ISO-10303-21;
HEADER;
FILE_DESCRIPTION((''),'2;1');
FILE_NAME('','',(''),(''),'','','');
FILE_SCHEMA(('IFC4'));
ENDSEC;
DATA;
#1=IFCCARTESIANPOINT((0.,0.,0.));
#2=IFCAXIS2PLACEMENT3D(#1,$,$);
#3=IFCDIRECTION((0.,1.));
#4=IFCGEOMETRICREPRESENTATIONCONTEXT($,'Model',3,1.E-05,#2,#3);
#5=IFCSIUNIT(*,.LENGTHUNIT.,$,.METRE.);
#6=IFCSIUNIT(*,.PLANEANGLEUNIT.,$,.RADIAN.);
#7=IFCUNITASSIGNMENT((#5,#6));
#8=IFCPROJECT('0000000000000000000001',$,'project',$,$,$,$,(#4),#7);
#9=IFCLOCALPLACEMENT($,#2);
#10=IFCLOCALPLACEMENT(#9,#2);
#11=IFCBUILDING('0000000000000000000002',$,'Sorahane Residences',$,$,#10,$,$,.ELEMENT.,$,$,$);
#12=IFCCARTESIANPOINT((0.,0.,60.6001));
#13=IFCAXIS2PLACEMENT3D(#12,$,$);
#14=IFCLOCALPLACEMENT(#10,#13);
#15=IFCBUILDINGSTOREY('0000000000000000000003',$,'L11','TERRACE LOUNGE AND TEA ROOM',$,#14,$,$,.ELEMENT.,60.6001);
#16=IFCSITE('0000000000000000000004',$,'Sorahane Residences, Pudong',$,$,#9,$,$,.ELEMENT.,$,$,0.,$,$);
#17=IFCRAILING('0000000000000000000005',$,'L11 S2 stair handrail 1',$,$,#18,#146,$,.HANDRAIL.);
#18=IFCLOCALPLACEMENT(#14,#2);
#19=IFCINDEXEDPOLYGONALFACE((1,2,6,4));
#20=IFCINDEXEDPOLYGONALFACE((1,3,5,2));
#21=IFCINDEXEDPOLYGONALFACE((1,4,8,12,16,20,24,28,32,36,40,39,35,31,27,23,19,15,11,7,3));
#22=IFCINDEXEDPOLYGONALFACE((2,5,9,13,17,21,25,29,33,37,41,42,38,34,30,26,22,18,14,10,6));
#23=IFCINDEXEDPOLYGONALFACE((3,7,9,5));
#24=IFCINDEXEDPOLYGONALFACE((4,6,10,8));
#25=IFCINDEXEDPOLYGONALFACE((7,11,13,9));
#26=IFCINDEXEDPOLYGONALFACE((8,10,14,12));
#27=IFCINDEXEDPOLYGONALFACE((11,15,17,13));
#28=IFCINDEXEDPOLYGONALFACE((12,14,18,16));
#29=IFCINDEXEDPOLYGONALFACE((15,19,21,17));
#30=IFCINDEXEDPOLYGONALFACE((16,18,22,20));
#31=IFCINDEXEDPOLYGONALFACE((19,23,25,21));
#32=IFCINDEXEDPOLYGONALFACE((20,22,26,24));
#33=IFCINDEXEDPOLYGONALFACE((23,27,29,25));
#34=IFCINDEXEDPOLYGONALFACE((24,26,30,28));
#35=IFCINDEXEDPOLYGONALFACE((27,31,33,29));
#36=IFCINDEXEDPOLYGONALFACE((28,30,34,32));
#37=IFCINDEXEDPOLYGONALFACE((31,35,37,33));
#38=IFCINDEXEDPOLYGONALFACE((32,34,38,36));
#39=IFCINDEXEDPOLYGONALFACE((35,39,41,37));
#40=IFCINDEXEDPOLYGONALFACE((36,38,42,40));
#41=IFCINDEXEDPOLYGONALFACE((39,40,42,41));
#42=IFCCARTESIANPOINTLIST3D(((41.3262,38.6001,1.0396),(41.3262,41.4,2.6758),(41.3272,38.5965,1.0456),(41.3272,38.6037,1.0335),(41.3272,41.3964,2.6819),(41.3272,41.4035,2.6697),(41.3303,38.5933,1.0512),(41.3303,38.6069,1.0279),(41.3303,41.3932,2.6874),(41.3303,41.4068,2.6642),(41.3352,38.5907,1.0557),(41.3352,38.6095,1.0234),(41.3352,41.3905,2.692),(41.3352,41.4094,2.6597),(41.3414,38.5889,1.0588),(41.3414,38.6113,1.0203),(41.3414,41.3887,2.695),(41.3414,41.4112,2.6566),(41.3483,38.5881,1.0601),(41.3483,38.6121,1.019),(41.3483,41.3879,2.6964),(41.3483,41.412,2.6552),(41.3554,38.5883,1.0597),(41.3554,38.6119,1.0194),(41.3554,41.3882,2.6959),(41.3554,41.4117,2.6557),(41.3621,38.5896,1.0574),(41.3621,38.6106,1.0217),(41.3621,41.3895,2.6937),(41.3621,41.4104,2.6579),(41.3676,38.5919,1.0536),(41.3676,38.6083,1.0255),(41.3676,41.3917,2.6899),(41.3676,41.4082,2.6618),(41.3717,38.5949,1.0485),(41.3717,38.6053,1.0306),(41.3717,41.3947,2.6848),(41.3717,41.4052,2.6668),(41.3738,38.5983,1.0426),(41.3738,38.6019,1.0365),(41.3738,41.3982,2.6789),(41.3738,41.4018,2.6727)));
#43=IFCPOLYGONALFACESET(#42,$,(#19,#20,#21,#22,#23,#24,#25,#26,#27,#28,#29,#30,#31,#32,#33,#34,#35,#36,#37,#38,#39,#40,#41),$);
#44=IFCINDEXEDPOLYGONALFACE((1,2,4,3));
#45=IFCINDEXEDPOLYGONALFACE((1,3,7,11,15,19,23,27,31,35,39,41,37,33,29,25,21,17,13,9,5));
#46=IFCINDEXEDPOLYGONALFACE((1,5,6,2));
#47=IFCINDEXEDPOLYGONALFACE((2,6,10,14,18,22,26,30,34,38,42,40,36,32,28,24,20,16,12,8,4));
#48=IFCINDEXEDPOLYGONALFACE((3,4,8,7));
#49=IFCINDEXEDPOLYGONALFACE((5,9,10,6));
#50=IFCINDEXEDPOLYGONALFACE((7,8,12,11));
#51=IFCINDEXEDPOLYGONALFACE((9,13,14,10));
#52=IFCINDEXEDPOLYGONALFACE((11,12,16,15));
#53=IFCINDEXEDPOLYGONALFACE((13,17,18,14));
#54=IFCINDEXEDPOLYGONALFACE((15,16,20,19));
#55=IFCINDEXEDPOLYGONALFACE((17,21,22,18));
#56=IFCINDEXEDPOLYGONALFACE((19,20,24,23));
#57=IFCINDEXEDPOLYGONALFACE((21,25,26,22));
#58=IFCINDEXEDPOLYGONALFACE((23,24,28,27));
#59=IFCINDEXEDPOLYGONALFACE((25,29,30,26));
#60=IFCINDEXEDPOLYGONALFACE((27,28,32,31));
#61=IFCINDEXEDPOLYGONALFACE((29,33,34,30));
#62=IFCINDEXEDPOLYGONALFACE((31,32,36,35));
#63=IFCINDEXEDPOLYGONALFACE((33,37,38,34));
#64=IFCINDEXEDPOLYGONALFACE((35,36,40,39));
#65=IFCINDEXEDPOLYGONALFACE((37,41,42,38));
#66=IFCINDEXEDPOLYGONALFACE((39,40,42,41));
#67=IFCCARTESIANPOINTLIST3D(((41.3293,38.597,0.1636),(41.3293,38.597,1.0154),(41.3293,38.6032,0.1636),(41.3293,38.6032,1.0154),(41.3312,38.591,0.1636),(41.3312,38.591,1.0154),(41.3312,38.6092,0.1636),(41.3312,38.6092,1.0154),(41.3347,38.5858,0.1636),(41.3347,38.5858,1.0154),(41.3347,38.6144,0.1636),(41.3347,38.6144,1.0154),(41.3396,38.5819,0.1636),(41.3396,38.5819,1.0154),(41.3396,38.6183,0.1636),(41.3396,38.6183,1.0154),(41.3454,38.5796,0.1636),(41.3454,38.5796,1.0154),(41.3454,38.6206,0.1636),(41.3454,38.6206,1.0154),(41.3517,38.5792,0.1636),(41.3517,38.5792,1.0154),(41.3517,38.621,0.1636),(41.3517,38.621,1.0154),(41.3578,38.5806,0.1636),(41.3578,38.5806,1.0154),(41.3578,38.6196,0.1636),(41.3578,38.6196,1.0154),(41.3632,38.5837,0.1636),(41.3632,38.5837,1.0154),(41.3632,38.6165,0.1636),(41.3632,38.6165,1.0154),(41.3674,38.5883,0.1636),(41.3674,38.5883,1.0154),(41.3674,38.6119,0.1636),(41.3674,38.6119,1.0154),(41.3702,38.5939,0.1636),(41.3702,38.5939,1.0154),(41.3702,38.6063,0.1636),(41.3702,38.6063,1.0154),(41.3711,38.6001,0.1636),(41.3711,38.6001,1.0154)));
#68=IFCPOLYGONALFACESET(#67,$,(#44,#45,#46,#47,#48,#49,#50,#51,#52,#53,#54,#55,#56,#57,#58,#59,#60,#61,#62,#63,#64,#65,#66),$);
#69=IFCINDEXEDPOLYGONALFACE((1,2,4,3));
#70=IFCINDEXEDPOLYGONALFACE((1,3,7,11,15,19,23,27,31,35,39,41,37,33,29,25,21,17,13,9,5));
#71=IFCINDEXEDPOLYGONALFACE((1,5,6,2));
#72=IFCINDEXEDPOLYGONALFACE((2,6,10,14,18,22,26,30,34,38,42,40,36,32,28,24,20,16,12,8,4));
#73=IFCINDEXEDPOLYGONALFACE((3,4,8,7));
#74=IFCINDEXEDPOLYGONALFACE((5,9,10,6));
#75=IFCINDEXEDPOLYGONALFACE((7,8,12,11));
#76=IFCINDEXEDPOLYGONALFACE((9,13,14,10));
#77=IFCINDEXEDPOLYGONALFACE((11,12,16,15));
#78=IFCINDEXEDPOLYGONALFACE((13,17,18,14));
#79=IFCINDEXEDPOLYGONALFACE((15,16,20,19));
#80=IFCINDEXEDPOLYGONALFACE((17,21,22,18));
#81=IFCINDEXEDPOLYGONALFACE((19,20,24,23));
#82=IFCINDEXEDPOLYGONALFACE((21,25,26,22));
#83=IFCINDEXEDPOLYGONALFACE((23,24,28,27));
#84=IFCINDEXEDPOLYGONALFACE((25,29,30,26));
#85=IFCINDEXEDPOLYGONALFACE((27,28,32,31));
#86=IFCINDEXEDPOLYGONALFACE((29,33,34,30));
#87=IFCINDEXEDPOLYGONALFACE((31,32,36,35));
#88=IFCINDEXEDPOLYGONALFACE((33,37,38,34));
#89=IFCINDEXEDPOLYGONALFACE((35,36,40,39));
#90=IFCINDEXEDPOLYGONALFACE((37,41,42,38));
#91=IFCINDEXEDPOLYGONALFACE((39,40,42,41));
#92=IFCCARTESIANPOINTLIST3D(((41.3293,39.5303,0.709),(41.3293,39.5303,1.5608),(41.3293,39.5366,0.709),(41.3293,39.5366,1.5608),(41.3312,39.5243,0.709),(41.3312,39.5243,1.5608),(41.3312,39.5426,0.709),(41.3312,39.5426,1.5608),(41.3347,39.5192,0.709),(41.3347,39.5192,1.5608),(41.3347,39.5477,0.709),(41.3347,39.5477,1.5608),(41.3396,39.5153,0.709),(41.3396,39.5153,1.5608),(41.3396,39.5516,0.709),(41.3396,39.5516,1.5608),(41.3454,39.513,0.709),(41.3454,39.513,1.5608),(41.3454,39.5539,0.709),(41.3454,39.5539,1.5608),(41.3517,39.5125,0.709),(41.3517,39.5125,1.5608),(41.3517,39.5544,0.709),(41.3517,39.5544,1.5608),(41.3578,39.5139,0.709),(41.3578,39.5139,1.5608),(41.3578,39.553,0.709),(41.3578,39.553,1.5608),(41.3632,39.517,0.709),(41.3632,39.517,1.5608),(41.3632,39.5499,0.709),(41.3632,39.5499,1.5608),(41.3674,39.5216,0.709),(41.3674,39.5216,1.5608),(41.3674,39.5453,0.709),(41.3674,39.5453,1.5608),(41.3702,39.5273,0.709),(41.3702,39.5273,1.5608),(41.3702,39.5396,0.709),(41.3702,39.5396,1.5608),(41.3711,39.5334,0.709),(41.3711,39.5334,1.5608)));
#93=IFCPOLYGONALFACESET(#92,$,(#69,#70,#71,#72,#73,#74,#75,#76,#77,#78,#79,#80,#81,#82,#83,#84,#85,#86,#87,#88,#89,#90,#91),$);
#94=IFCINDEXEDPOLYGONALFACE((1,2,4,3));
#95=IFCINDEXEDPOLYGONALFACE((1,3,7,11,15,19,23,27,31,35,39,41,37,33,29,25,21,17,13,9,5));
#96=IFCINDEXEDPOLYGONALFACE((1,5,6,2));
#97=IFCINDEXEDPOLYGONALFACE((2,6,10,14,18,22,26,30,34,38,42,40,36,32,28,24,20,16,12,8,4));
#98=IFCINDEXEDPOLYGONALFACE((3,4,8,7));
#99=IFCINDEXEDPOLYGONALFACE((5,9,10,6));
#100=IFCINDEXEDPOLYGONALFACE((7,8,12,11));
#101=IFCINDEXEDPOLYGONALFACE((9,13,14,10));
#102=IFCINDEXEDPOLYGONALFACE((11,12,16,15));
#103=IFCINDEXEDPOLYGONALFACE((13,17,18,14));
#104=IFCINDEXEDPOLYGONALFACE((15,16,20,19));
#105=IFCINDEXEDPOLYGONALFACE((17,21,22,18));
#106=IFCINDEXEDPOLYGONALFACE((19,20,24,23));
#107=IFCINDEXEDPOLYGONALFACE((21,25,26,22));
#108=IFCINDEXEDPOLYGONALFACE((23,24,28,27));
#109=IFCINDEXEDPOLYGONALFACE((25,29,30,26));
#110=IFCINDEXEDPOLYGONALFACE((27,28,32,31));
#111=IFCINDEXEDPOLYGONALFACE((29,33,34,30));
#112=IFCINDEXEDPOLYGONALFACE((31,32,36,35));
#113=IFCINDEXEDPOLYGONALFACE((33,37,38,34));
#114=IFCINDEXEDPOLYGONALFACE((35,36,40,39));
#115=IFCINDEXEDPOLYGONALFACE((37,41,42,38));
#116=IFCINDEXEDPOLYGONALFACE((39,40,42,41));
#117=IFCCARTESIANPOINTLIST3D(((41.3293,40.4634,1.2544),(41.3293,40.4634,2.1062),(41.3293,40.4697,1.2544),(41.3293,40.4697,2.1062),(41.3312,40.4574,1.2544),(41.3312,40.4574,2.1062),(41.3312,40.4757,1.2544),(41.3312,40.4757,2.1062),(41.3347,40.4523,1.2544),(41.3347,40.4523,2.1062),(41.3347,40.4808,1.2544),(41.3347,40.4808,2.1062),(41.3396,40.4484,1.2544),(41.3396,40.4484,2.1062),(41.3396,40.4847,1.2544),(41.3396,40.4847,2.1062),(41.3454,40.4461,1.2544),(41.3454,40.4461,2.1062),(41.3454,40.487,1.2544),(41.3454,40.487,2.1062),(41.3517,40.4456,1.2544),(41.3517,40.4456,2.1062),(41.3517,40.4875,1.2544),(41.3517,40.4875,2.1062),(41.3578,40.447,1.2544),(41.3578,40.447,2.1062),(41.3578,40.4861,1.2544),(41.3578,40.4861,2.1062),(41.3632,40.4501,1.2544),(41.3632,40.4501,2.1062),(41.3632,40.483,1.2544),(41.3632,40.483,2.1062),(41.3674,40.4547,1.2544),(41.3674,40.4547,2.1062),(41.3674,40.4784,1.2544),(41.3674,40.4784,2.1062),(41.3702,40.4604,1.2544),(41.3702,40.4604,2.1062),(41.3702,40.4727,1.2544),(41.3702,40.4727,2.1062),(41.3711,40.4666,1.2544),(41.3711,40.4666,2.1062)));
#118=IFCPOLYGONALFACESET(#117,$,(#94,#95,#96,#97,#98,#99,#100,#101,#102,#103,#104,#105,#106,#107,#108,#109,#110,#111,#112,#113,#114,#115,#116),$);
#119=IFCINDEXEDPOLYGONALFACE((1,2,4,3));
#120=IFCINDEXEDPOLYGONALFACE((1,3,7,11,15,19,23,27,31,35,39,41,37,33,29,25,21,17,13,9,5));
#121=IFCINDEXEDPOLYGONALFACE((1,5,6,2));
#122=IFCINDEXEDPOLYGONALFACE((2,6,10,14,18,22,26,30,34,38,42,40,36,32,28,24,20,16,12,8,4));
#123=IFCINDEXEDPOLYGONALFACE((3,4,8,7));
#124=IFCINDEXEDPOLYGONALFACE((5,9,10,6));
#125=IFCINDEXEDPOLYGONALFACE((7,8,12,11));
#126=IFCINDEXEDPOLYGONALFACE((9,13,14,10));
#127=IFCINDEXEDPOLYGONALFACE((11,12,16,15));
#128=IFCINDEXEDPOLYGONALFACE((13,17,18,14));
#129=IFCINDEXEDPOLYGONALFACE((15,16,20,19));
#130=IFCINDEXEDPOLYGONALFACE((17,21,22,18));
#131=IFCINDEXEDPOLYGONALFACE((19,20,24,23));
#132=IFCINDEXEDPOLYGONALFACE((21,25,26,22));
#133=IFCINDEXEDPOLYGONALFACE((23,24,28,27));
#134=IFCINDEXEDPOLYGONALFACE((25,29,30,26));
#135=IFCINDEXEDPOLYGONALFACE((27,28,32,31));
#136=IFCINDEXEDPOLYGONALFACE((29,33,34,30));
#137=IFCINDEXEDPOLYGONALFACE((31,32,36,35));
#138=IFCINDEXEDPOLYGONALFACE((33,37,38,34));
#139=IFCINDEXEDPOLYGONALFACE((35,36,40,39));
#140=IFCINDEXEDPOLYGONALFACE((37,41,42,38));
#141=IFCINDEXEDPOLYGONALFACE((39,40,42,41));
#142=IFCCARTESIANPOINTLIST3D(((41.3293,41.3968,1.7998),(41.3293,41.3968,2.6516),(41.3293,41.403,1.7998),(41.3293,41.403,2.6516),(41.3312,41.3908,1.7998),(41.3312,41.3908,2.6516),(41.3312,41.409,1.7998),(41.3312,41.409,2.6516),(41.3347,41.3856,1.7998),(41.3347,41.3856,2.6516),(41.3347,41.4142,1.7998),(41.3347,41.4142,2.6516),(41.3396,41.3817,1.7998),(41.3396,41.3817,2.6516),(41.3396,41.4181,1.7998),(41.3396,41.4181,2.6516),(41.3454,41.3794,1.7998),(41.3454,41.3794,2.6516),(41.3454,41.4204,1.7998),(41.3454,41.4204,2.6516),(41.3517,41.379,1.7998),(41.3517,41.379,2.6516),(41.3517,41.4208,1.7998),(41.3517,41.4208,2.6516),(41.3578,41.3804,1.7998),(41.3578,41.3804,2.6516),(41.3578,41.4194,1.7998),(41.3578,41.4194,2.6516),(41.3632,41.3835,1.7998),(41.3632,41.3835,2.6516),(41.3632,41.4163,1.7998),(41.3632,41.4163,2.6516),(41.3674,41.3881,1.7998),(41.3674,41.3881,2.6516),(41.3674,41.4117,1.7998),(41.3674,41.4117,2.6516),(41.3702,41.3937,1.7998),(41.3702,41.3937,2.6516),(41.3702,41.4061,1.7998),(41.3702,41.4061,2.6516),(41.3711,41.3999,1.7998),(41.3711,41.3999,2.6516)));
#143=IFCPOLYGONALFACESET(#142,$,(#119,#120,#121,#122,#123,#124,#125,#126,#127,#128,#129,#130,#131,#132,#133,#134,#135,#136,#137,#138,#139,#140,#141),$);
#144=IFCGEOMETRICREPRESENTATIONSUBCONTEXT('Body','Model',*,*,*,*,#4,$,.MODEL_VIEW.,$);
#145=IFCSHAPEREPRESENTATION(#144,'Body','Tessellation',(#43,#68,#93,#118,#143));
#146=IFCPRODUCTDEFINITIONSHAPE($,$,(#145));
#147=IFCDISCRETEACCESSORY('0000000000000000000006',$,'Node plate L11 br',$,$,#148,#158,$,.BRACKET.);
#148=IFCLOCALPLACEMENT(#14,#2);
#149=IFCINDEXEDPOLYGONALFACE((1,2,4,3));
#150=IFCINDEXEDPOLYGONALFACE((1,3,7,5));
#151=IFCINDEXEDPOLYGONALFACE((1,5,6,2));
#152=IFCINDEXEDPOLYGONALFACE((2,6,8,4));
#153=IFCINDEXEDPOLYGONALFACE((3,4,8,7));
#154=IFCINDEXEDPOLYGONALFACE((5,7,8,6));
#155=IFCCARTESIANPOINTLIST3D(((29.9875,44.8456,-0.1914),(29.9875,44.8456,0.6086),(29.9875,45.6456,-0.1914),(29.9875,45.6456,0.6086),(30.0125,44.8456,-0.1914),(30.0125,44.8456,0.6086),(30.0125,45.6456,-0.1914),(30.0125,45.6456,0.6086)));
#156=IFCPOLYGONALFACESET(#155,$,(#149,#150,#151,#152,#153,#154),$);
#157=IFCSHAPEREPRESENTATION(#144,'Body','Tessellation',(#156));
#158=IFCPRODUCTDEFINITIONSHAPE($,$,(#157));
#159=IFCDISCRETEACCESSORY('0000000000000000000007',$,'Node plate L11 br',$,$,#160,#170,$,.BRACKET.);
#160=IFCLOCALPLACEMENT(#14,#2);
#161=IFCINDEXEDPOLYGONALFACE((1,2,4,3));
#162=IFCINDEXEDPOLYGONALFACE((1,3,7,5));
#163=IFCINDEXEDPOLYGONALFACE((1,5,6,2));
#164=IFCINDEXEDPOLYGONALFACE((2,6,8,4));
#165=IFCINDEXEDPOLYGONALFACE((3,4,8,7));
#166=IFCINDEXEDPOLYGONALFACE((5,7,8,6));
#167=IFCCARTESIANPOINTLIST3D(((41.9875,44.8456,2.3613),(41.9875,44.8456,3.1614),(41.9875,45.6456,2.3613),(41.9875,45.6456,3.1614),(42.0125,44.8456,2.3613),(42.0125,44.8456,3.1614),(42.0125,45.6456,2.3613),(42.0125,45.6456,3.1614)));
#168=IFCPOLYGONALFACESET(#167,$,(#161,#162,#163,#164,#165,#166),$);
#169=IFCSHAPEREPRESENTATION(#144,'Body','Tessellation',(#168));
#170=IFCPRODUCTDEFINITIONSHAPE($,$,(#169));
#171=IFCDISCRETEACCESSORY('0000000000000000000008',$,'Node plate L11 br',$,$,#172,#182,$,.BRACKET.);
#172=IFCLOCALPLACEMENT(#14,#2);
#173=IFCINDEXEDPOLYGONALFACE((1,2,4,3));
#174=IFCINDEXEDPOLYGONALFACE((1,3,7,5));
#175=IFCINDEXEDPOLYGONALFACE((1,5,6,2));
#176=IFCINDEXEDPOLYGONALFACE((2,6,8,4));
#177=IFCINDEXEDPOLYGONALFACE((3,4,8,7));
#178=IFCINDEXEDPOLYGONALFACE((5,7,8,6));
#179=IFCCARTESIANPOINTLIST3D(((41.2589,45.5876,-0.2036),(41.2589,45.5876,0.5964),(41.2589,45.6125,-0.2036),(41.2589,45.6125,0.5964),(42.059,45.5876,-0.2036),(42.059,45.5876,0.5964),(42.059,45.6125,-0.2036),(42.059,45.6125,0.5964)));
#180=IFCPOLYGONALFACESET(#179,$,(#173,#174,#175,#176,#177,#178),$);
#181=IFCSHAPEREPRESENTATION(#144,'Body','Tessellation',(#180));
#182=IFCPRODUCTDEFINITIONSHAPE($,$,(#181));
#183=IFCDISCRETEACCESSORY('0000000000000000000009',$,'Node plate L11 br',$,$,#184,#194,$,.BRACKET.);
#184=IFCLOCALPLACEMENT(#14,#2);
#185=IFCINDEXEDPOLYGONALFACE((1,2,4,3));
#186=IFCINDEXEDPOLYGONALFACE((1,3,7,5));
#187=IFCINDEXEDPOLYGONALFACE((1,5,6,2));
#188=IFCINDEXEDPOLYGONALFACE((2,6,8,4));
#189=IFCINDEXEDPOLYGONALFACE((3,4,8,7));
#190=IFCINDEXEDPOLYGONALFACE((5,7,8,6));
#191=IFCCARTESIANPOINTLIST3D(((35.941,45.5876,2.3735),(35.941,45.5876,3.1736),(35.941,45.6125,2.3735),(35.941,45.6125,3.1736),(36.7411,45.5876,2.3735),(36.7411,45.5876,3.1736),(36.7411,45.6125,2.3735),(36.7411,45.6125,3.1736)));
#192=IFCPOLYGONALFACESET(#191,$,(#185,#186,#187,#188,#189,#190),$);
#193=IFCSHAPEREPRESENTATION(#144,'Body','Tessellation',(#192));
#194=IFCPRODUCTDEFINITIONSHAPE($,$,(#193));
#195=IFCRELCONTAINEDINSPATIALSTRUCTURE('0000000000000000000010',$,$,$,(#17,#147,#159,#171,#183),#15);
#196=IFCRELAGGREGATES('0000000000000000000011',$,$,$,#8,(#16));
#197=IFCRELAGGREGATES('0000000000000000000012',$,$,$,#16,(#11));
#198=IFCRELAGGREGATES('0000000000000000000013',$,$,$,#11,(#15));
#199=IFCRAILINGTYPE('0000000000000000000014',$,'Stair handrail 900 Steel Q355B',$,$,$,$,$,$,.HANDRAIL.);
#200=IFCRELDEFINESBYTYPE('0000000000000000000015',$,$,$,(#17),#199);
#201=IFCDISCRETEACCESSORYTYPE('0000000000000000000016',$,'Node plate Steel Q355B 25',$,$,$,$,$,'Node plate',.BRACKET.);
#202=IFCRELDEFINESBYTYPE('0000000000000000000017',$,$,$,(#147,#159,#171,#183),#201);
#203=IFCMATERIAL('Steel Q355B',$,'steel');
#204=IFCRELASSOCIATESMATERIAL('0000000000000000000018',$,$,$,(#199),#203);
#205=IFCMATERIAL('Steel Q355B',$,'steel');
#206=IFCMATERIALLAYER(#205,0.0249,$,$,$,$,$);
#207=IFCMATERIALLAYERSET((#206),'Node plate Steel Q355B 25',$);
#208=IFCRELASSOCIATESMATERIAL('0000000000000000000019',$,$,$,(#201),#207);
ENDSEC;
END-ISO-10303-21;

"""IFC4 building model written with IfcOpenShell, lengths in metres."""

from ifc_helpers import new_model, si_unit, direction, frame, origin, origin_2d, place, context, subcontext, project, spatial, rectangle, circle, extrude, material, layer, layer_set, type_object, element, save


model = new_model("IFC4")

# Units and contexts
model_context = context("Model", 3, precision=1e-05, world=origin(), true_north=direction((0.0, 1.0)))
body_context = subcontext(model_context, "Body", "Model", "MODEL_VIEW")
ifc_project = project(units=[si_unit("LENGTHUNIT", "METRE"), si_unit("PLANEANGLEUNIT", "RADIAN")], contexts=[model_context])

# Site, building, storey
site_placement = place(None, origin())
site = spatial("IfcSite", under=ifc_project, at=site_placement, Name="Sorahane Residences, Pudong", CompositionType="ELEMENT", RefElevation=0.0)
building_placement = place(site_placement, origin())
building = spatial("IfcBuilding", under=site, at=building_placement, Name="Sorahane Residences", CompositionType="ELEMENT")
storey_placement = place(building_placement, frame((0.0, 0.0, 60.6001)))
storey = spatial("IfcBuildingStorey", under=building, at=storey_placement, Name="L11", Description="TERRACE LOUNGE AND TEA ROOM", CompositionType="ELEMENT", Elevation=60.6001)

# Railing
ifc_material_1 = material(Name="Steel Q355B", Category="steel")
railing_type = type_object("IfcRailingType", Name="Stair handrail 900 Steel Q355B", PredefinedType="HANDRAIL", material=ifc_material_1)
railing_placement = place(storey_placement, frame((41.3501, 38.6001, 0.1636)))
element("IfcRailing", 1, at=railing_placement, inside=storey, type_object=railing_type, Name="L11 S2 stair handrail 1", PredefinedType="HANDRAIL", context=body_context, shape_type="SweptSolid", body=[
    extrude(circle(Radius=0.0239, at=origin_2d()), frame((0.0, 0.0, 0.876), z_axis=(0.0, 0.863374, 0.504564), x_axis=(-1.0, 0.0, 0.0)), (0.0, 0.0, 1.0), 3.2429),
    extrude(circle(Radius=0.021, at=origin_2d()), origin(), (0.0, 0.0, 1.0), 0.8518),
    extrude(circle(Radius=0.021, at=origin_2d()), frame((0.0, 0.9333, 0.5454)), (0.0, 0.0, 1.0), 0.8518),
    extrude(circle(Radius=0.021, at=origin_2d()), frame((0.0, 1.8665, 1.0908)), (0.0, 0.0, 1.0), 0.8518),
    extrude(circle(Radius=0.021, at=origin_2d()), frame((0.0, 2.7998, 1.6362)), (0.0, 0.0, 1.0), 0.8518),
])

# Discrete accessories
ifc_material_2 = material(Name="Steel Q355B", Category="steel")
ifc_layer_1 = layer(ifc_material_2, 0.0249)
ifc_layer_set_1 = layer_set([ifc_layer_1], Name="Node plate Steel Q355B 25")
discrete_accessory_type = type_object("IfcDiscreteAccessoryType", Name="Node plate Steel Q355B 25", ElementType="Node plate", PredefinedType="BRACKET", material=ifc_layer_set_1)
for number, where, z_axis, x_axis, name in (
    (2, (30.0, 45.2456, -0.1914), (0.0, 0.0, 1.0), (0.0, 1.0, 0.0), "Node plate L11 br"),
    (3, (42.0, 45.2456, 2.3613), (0.0, 0.0, 1.0), (0.0, 1.0, 0.0), "Node plate L11 br"),
    (4, (41.6589, 45.6001, -0.2036), (0.0, 0.0, 1.0), (1.0, 0.0, 0.0), "Node plate L11 br"),
    (5, (36.3411, 45.6001, 2.3735), (0.0, 0.0, 1.0), (1.0, 0.0, 0.0), "Node plate L11 br"),
):
    element("IfcDiscreteAccessory", number, at=place(storey_placement, frame(where, z_axis=z_axis, x_axis=x_axis)), inside=storey, type_object=discrete_accessory_type, Name=name, PredefinedType="BRACKET", context=body_context, shape_type="SweptSolid", body=[
        extrude(rectangle(XDim=0.8, YDim=0.0249, at=origin_2d()), origin(), (0.0, 0.0, 1.0), 0.8),
    ])

save(model, "model.ifc")
